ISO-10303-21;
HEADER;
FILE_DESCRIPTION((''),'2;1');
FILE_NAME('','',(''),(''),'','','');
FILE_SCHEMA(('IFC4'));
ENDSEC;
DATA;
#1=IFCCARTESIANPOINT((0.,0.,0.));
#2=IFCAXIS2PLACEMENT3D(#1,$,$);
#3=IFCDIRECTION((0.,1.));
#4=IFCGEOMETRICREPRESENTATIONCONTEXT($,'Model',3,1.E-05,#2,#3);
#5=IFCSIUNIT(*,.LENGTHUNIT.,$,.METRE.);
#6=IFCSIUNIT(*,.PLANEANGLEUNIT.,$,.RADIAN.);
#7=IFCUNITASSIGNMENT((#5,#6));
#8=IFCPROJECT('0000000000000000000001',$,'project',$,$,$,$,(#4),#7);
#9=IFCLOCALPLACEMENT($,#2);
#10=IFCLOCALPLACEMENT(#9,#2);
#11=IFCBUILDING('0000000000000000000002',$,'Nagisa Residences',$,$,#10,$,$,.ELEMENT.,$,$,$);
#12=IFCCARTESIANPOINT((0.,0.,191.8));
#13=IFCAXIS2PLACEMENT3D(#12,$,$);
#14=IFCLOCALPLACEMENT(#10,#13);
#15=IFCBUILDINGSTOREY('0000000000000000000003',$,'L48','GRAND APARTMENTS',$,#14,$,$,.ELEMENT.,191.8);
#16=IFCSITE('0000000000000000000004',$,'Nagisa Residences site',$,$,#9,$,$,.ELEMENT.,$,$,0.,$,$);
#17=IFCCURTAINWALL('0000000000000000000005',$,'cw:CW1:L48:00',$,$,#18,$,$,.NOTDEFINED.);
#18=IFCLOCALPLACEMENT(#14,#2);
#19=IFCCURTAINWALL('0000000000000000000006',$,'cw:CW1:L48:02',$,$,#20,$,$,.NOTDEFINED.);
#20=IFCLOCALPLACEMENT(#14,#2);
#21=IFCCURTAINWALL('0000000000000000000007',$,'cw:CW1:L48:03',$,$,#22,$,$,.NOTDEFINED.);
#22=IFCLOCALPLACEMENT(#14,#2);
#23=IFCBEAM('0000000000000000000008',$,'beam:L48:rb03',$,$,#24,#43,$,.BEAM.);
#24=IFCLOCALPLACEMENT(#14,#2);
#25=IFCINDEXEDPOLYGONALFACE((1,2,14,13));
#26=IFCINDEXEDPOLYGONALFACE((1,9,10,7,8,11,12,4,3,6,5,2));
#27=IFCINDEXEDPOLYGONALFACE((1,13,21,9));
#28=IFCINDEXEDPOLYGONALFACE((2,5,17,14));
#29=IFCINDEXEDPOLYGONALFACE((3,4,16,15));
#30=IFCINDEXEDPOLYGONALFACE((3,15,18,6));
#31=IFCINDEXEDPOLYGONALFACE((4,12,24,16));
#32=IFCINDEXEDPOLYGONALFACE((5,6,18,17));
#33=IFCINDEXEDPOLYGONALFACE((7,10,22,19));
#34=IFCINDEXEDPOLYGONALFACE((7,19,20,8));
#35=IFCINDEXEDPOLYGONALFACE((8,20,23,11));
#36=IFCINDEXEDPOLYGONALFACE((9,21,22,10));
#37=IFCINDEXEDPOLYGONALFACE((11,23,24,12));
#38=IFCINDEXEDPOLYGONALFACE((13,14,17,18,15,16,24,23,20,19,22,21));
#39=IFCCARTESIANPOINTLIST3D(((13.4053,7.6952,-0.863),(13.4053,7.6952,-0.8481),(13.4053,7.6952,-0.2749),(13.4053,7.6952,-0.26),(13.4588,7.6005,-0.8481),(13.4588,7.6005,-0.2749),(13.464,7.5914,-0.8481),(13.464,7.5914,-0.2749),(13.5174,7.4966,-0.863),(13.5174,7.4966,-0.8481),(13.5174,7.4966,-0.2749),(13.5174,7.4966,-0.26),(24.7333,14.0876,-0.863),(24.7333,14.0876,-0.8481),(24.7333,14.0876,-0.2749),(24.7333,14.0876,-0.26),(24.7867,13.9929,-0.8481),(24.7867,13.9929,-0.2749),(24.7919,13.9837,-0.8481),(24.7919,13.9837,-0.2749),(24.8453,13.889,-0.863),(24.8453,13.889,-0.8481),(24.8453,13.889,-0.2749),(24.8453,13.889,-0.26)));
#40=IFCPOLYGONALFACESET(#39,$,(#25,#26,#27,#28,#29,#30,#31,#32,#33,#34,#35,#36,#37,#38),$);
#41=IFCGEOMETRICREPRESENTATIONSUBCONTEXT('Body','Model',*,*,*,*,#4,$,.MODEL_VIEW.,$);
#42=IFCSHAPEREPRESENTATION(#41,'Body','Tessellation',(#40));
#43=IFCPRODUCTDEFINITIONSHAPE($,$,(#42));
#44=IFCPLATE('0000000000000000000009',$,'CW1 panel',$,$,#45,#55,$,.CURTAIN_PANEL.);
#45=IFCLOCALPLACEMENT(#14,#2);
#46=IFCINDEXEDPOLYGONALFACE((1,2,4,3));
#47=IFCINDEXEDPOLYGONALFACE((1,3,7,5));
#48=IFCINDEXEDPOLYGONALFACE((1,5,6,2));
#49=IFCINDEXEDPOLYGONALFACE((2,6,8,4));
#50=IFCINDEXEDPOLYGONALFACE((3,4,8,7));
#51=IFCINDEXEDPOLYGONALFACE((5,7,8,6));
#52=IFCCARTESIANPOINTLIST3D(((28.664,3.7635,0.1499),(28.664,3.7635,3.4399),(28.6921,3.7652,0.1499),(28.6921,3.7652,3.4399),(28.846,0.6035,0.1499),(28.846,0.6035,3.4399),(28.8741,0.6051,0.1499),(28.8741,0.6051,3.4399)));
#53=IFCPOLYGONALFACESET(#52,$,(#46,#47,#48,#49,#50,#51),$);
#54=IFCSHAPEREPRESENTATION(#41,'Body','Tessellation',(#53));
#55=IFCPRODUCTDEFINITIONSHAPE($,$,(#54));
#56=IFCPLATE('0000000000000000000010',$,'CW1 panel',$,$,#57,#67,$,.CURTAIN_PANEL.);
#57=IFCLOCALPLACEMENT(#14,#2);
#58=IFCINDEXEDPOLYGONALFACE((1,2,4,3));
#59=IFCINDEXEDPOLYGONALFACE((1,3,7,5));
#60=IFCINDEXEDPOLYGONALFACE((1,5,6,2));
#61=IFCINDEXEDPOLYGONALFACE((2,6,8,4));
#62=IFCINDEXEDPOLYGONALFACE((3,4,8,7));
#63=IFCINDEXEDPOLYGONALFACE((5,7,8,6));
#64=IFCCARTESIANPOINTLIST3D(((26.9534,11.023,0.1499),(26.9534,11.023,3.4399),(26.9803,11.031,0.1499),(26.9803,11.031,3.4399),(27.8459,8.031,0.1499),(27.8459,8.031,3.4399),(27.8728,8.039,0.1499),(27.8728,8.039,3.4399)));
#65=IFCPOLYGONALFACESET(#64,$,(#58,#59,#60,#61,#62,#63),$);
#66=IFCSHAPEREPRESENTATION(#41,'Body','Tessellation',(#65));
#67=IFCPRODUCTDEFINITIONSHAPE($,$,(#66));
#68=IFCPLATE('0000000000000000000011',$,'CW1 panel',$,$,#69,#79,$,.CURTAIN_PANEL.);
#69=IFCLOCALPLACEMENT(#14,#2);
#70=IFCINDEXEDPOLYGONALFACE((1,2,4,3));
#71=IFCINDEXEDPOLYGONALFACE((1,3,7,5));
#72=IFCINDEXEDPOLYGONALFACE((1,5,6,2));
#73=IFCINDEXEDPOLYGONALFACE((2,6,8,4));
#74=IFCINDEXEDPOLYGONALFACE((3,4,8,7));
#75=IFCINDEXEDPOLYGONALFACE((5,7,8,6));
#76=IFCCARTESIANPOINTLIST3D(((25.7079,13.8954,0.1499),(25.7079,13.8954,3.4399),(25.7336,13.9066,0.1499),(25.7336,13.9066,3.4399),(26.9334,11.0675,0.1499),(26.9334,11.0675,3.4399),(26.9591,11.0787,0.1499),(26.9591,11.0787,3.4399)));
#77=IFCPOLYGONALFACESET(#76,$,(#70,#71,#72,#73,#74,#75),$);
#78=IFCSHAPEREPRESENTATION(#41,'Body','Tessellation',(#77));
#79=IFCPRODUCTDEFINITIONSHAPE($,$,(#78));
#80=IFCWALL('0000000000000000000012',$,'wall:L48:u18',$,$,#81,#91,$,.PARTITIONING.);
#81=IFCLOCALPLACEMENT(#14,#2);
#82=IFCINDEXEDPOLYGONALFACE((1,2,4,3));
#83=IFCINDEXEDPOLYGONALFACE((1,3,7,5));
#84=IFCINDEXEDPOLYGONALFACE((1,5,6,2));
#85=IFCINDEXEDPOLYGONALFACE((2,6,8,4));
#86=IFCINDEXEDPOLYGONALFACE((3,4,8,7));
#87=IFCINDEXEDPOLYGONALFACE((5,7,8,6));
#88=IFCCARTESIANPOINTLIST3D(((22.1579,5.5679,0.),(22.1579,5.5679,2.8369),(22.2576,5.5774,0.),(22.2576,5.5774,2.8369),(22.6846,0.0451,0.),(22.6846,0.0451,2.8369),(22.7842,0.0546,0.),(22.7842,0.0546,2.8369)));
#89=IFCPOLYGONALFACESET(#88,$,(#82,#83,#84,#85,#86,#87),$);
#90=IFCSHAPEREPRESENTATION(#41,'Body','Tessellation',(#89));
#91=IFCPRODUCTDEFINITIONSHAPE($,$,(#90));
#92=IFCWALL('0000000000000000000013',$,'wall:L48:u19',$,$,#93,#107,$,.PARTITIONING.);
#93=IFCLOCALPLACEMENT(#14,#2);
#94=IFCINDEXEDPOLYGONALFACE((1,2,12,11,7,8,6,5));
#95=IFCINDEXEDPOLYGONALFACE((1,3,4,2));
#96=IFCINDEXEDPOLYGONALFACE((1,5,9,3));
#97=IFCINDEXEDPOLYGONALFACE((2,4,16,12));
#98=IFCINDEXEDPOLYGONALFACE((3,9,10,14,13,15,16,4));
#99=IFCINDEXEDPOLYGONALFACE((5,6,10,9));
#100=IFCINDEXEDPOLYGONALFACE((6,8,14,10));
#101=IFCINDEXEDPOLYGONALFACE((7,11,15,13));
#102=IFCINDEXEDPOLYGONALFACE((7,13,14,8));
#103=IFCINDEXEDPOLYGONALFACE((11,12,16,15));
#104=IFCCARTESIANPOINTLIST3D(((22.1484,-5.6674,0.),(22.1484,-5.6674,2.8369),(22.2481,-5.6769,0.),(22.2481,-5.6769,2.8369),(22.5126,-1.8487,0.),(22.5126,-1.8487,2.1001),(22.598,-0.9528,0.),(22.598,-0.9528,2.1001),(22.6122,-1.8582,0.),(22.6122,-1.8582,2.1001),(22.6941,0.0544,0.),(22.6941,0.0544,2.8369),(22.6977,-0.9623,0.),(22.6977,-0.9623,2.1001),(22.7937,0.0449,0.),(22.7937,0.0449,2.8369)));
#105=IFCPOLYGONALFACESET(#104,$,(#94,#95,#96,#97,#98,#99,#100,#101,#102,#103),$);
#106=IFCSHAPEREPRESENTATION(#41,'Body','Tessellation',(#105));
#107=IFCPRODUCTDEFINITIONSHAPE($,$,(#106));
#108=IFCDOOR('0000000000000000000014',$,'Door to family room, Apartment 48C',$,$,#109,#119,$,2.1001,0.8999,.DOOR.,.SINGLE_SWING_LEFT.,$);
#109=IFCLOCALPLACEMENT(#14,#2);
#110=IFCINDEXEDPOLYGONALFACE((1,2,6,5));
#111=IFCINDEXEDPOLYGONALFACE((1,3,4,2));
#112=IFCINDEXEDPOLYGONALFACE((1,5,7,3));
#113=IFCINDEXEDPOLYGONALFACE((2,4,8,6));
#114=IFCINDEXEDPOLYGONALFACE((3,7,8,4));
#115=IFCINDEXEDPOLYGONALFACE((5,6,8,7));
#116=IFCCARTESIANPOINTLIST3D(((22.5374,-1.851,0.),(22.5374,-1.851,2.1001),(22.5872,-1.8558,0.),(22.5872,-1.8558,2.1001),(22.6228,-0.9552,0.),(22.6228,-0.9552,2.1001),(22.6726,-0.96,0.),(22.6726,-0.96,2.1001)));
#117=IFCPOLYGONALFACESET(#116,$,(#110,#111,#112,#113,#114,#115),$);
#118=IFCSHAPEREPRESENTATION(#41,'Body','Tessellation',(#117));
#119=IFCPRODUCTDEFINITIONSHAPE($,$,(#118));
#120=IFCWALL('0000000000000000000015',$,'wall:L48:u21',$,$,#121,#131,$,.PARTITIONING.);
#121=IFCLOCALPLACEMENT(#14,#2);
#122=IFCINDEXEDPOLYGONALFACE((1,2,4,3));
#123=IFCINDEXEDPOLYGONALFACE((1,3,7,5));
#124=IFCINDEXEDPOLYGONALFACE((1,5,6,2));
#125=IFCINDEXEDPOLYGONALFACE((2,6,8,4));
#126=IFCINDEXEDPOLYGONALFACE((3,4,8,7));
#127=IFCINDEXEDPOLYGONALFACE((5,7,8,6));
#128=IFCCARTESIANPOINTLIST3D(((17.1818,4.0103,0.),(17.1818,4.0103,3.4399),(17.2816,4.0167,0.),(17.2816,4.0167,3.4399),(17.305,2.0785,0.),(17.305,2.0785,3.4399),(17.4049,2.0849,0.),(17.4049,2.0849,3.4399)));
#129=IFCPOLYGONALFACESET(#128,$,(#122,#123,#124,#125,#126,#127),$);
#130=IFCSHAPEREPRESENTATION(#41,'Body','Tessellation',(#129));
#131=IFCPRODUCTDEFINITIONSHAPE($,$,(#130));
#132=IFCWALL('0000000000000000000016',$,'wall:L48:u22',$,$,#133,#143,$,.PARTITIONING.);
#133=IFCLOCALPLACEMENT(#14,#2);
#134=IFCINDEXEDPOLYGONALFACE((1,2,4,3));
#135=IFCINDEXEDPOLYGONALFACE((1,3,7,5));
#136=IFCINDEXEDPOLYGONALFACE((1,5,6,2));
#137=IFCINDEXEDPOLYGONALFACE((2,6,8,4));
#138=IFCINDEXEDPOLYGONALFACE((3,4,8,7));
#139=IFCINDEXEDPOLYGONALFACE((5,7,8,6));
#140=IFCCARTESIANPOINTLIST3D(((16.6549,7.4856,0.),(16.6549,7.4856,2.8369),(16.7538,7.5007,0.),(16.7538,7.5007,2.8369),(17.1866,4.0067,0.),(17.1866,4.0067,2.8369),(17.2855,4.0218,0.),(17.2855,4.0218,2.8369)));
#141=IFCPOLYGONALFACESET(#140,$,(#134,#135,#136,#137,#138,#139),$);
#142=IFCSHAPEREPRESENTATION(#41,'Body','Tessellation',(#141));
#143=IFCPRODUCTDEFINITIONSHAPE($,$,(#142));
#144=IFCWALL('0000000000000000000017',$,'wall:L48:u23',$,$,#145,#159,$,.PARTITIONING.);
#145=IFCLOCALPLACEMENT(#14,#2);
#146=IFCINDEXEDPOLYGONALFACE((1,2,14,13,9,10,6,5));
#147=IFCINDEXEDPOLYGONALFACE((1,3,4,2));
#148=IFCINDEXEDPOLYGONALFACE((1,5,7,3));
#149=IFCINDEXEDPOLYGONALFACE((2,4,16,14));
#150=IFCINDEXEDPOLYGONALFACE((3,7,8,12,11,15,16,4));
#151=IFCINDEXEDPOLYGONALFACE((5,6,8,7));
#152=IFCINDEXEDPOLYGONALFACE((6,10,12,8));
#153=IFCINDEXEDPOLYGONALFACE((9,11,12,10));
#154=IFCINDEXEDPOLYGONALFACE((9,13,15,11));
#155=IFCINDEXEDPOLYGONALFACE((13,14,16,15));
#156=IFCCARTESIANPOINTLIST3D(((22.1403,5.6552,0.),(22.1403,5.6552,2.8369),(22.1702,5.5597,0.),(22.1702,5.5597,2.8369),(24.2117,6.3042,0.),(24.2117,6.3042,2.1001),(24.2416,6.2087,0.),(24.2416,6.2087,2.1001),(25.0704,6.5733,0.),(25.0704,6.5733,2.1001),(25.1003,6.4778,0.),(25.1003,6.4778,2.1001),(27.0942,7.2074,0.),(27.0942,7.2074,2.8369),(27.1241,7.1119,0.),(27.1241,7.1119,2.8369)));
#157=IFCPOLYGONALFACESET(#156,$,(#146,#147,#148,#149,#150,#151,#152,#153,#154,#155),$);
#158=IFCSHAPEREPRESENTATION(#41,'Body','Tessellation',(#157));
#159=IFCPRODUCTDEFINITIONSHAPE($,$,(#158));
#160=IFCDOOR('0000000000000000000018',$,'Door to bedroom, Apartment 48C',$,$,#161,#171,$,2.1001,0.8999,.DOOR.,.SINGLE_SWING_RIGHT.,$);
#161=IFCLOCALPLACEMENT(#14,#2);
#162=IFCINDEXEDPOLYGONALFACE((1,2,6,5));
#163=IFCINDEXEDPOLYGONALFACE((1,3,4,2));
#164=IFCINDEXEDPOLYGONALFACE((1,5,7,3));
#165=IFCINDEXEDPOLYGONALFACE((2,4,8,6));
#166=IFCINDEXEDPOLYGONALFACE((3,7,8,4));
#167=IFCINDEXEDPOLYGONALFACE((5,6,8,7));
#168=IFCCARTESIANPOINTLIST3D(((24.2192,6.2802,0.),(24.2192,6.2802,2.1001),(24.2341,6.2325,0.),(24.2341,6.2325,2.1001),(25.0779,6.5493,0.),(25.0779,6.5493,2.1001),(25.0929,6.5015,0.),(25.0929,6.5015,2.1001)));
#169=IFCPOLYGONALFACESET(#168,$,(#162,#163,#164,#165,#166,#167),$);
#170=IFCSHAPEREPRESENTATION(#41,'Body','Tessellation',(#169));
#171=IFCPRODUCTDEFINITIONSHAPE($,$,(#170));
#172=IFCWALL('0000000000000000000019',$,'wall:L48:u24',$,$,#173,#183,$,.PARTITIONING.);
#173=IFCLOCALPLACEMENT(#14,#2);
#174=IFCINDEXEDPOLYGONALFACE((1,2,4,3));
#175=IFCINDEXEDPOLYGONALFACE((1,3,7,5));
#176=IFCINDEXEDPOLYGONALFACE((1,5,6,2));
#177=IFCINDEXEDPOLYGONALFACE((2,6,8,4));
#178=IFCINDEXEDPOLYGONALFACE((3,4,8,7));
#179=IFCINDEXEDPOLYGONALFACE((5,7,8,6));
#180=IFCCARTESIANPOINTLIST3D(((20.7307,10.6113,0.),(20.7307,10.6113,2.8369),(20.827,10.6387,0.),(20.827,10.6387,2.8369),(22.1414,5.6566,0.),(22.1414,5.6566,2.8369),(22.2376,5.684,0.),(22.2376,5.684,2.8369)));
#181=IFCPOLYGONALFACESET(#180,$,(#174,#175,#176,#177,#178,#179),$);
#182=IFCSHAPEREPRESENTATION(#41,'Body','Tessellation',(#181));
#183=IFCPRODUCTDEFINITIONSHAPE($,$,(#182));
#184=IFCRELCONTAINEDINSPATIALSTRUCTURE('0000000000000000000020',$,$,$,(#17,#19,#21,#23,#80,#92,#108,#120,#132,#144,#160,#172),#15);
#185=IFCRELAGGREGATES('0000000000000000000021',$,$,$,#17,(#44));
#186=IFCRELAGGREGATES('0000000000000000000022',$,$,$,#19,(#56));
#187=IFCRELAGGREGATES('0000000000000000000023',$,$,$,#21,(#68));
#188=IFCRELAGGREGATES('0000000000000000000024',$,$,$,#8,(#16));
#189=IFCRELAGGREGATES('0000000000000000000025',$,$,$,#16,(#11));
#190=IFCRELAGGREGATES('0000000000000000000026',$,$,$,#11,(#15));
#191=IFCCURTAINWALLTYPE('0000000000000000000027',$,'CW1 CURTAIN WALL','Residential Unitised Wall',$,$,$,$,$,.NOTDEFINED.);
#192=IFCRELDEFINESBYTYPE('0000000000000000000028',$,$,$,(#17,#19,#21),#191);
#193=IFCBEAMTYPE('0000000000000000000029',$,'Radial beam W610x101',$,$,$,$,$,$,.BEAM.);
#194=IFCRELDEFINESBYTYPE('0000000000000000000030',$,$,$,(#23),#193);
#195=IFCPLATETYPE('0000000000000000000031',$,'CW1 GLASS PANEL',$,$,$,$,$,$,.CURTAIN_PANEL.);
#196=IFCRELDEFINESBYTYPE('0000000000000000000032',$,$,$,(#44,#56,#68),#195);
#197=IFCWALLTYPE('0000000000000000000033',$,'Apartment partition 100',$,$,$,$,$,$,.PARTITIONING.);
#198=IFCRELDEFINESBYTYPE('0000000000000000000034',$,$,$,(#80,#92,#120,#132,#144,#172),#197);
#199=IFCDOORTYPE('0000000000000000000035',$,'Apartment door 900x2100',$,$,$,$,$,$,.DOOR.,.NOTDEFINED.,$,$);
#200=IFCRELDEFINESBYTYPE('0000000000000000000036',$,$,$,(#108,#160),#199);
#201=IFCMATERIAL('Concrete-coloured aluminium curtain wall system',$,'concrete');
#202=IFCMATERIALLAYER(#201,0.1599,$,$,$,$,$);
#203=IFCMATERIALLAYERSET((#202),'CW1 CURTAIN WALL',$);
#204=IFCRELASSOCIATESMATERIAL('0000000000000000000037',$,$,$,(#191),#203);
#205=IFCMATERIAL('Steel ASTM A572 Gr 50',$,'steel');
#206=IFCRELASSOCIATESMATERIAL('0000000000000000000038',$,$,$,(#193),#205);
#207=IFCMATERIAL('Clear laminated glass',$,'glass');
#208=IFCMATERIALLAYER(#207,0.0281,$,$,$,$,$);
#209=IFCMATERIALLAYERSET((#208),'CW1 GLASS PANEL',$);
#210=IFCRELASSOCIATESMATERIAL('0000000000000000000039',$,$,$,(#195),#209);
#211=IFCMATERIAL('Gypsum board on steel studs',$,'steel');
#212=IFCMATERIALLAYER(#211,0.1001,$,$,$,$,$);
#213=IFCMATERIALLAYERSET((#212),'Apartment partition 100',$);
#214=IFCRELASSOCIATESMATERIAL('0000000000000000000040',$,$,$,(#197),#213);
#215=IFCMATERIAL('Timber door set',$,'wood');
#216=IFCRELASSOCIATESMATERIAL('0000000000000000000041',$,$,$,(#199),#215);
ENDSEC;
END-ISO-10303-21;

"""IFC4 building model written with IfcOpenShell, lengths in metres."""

from ifc_helpers import new_model, si_unit, direction, frame, frame_2d, origin, origin_2d, place, context, subcontext, project, spatial, rectangle, i_section, extrude, material, layer, layer_set, material_profile, profile_set, type_object, element, fill, aggregate, save


model = new_model("IFC4")

# Units and contexts
model_context = context("Model", 3, precision=1e-05, world=origin(), true_north=direction((0.0, 1.0)))
body_context = subcontext(model_context, "Body", "Model", "MODEL_VIEW")
ifc_project = project(units=[si_unit("LENGTHUNIT", "METRE"), si_unit("PLANEANGLEUNIT", "RADIAN")], contexts=[model_context])

# Site, building, storey
site_placement = place(None, origin())
site = spatial("IfcSite", under=ifc_project, at=site_placement, Name="Nagisa Residences site", CompositionType="ELEMENT", RefElevation=0.0)
building_placement = place(site_placement, origin())
building = spatial("IfcBuilding", under=site, at=building_placement, Name="Nagisa Residences", CompositionType="ELEMENT")
storey_placement = place(building_placement, frame((0.0, 0.0, 191.8)))
storey = spatial("IfcBuildingStorey", under=building, at=storey_placement, Name="L48", Description="GRAND APARTMENTS", CompositionType="ELEMENT", Elevation=191.8)

# Curtain walls
ifc_material_1 = material(Name="Concrete-coloured aluminium curtain wall system", Category="concrete")
ifc_layer_1 = layer(ifc_material_1, 0.1599)
ifc_layer_set_1 = layer_set([ifc_layer_1], Name="CW1 CURTAIN WALL")
curtain_wall_type = type_object("IfcCurtainWallType", Name="CW1 CURTAIN WALL", Description="Residential Unitised Wall", PredefinedType="NOTDEFINED", material=ifc_layer_set_1)
curtain_wall_1_placement = place(storey_placement, origin())
curtain_wall_1 = element("IfcCurtainWall", 1, at=curtain_wall_1_placement, inside=storey, type_object=curtain_wall_type, Name="cw:CW1:L48:00", PredefinedType="NOTDEFINED")
curtain_wall_2_placement = place(storey_placement, origin())
curtain_wall_2 = element("IfcCurtainWall", 2, at=curtain_wall_2_placement, inside=storey, type_object=curtain_wall_type, Name="cw:CW1:L48:02", PredefinedType="NOTDEFINED")
curtain_wall_3_placement = place(storey_placement, origin())
curtain_wall_3 = element("IfcCurtainWall", 3, at=curtain_wall_3_placement, inside=storey, type_object=curtain_wall_type, Name="cw:CW1:L48:03", PredefinedType="NOTDEFINED")

# Beam
ifc_material_2 = material(Name="Steel ASTM A572 Gr 50", Category="steel")
ifc_material_profile_1 = material_profile(ifc_material_2, i_section(OverallWidth=0.228, OverallDepth=0.603, WebThickness=0.0105, FlangeThickness=0.0149, at=origin_2d()), Name="W610x101")
ifc_profile_set_1 = profile_set([ifc_material_profile_1], Name="Steel ASTM A572 Gr 50")
beam_type_1 = type_object("IfcBeamType", Name="Radial beam W610x101", PredefinedType="BEAM", material=ifc_profile_set_1)
beam_1_placement = place(storey_placement, frame((24.7893, 13.9883, -0.5615), z_axis=(-0.870905, -0.491452, 0.0), x_axis=(0.491452, -0.870905, 0.0)))
element("IfcBeam", 4, at=beam_1_placement, inside=storey, type_object=beam_type_1, Name="beam:L48:rb03", PredefinedType="BEAM", context=body_context, shape_type="SweptSolid", body=[
    extrude(i_section(OverallWidth=0.228, OverallDepth=0.603, WebThickness=0.0105, FlangeThickness=0.0149, at=origin_2d()), origin(), (0.0, 0.0, 1.0), 13.0071),
])

# Plates
ifc_material_3 = material(Name="Clear laminated glass", Category="glass")
ifc_layer_2 = layer(ifc_material_3, 0.0281)
ifc_layer_set_2 = layer_set([ifc_layer_2], Name="CW1 GLASS PANEL")
plate_type = type_object("IfcPlateType", Name="CW1 GLASS PANEL", PredefinedType="CURTAIN_PANEL", material=ifc_layer_set_2)
plate_1_placement = place(storey_placement, frame((28.769, 2.1843, 0.1499), z_axis=(0.0, 0.0, 1.0), x_axis=(-0.057503, 0.998345, 0.0)))
plate_1 = element("IfcPlate", 5, at=plate_1_placement, type_object=plate_type, Name="CW1 panel", PredefinedType="CURTAIN_PANEL", context=body_context, shape_type="SweptSolid", body=[
    extrude(rectangle(XDim=3.1653, YDim=0.0281, at=origin_2d()), origin(), (0.0, 0.0, 1.0), 3.29),
])
aggregate(curtain_wall_1, [plate_1])
plate_2_placement = place(storey_placement, frame((27.4131, 9.531, 0.1499), z_axis=(0.0, 0.0, 1.0), x_axis=(-0.28586, 0.958271, 0.0)))
plate_2 = element("IfcPlate", 6, at=plate_2_placement, type_object=plate_type, Name="CW1 panel", PredefinedType="CURTAIN_PANEL", context=body_context, shape_type="SweptSolid", body=[
    extrude(rectangle(XDim=3.1223, YDim=0.0281, at=origin_2d()), origin(), (0.0, 0.0, 1.0), 3.29),
])
aggregate(curtain_wall_2, [plate_2])
plate_3_placement = place(storey_placement, frame((26.3335, 12.4871, 0.1499), z_axis=(0.0, 0.0, 1.0), x_axis=(-0.397636, 0.917543, 0.0)))
plate_3 = element("IfcPlate", 7, at=plate_3_placement, type_object=plate_type, Name="CW1 panel", PredefinedType="CURTAIN_PANEL", context=body_context, shape_type="SweptSolid", body=[
    extrude(rectangle(XDim=3.082, YDim=0.0281, at=origin_2d()), origin(), (0.0, 0.0, 1.0), 3.29),
])
aggregate(curtain_wall_3, [plate_3])

# Wall
ifc_material_4 = material(Name="Gypsum board on steel studs", Category="steel")
ifc_layer_3 = layer(ifc_material_4, 0.1001)
ifc_layer_set_3 = layer_set([ifc_layer_3], Name="Apartment partition 100")
wall_type_1 = type_object("IfcWallType", Name="Apartment partition 100", PredefinedType="PARTITIONING", material=ifc_layer_set_3)
wall_1_placement = place(storey_placement, frame((22.7344, 0.0498, 0.0), z_axis=(0.0, 0.0, 1.0), x_axis=(-0.094923, 0.995485, 0.0)))
element("IfcWall", 8, at=wall_1_placement, inside=storey, type_object=wall_type_1, Name="wall:L48:u18", PredefinedType="PARTITIONING", context=body_context, shape_type="SweptSolid", body=[
    extrude(rectangle(XDim=5.5479, YDim=0.1001, at=frame_2d((2.7739, 0.0))), origin(), (0.0, 0.0, 1.0), 2.8369),
])

# Wall, opening, door
wall_2_placement = place(storey_placement, frame((22.7439, 0.0498, 0.0), z_axis=(0.0, 0.0, 1.0), x_axis=(-0.094931, -0.995484, 0.0)))
wall_2 = element("IfcWall", 9, at=wall_2_placement, inside=storey, type_object=wall_type_1, Name="wall:L48:u19", PredefinedType="PARTITIONING", context=body_context, shape_type="SweptSolid", body=[
    extrude(rectangle(XDim=5.7478, YDim=0.1001, at=frame_2d((2.874, 0.0))), origin(), (0.0, 0.0, 1.0), 2.8369),
])
opening_1_placement = place(wall_2_placement, frame((1.012, 0.0, 0.0)))
opening_1 = element("IfcOpeningElement", 10, at=opening_1_placement, cuts=wall_2, PredefinedType="OPENING", context=body_context, shape_type="SweptSolid", body=[
    extrude(rectangle(XDim=0.8999, YDim=2.1001, at=frame_2d((0.45, 1.05))), frame((0.0, 0.0601, 0.0), z_axis=(0.0, -1.0, 0.0), x_axis=(1.0, 0.0, 0.0)), (0.0, 0.0, 1.0), 0.1201),
])
ifc_material_5 = material(Name="Timber door set", Category="wood")
door_type_1 = type_object("IfcDoorType", Name="Apartment door 900x2100", OperationType="NOTDEFINED", PredefinedType="DOOR", material=ifc_material_5)
door_1_placement = place(opening_1_placement, origin())
door_1 = element("IfcDoor", 11, at=door_1_placement, inside=storey, type_object=door_type_1, Name="Door to family room, Apartment 48C", OperationType="SINGLE_SWING_LEFT", OverallHeight=2.1001, OverallWidth=0.8999, PredefinedType="DOOR", context=body_context, shape_type="SweptSolid", body=[
    extrude(rectangle(XDim=0.8999, YDim=2.1001, at=frame_2d((0.45, 1.05))), frame((0.0, 0.0249, 0.0), z_axis=(0.0, -1.0, 0.0), x_axis=(1.0, 0.0, 0.0)), (0.0, 0.0, 1.0), 0.05),
])
fill(opening_1, door_1)

# Walls
wall_3_placement = place(storey_placement, frame((17.355, 2.0818, 0.0), z_axis=(0.0, 0.0, 1.0), x_axis=(-0.063689, 0.99797, 0.0)))
element("IfcWall", 12, at=wall_3_placement, inside=storey, type_object=wall_type_1, Name="wall:L48:u21", PredefinedType="PARTITIONING", context=body_context, shape_type="SweptSolid", body=[
    extrude(rectangle(XDim=1.9358, YDim=0.1001, at=frame_2d((0.9678, 0.0))), origin(), (0.0, 0.0, 1.0), 3.4399),
])
wall_4_placement = place(storey_placement, frame((17.2361, 4.0142, 0.0), z_axis=(0.0, 0.0, 1.0), x_axis=(-0.151088, 0.98852, 0.0)))
element("IfcWall", 13, at=wall_4_placement, inside=storey, type_object=wall_type_1, Name="wall:L48:u22", PredefinedType="PARTITIONING", context=body_context, shape_type="SweptSolid", body=[
    extrude(rectangle(XDim=3.5193, YDim=0.1001, at=frame_2d((1.7598, 0.0))), origin(), (0.0, 0.0, 1.0), 2.8369),
])

# Wall, opening, door
wall_5_placement = place(storey_placement, frame((22.1553, 5.6074, 0.0), z_axis=(0.0, 0.0, 1.0), x_axis=(0.954251, 0.299006, 0.0)))
wall_5 = element("IfcWall", 14, at=wall_5_placement, inside=storey, type_object=wall_type_1, Name="wall:L48:u23", PredefinedType="PARTITIONING", context=body_context, shape_type="SweptSolid", body=[
    extrude(rectangle(XDim=5.1914, YDim=0.1001, at=frame_2d((2.5957, 0.0))), origin(), (0.0, 0.0, 1.0), 2.8369),
])
opening_2_placement = place(wall_5_placement, frame((2.1707, 0.0, 0.0)))
opening_2 = element("IfcOpeningElement", 15, at=opening_2_placement, cuts=wall_5, PredefinedType="OPENING", context=body_context, shape_type="SweptSolid", body=[
    extrude(rectangle(XDim=0.8999, YDim=2.1001, at=frame_2d((0.45, 1.05))), frame((0.0, 0.0601, 0.0), z_axis=(0.0, -1.0, 0.0), x_axis=(1.0, 0.0, 0.0)), (0.0, 0.0, 1.0), 0.1201),
])
door_2_placement = place(opening_2_placement, origin())
door_2 = element("IfcDoor", 16, at=door_2_placement, inside=storey, type_object=door_type_1, Name="Door to bedroom, Apartment 48C", OperationType="SINGLE_SWING_RIGHT", OverallHeight=2.1001, OverallWidth=0.8999, PredefinedType="DOOR", context=body_context, shape_type="SweptSolid", body=[
    extrude(rectangle(XDim=0.8999, YDim=2.1001, at=frame_2d((0.45, 1.05))), frame((0.0, 0.0249, 0.0), z_axis=(0.0, -1.0, 0.0), x_axis=(1.0, 0.0, 0.0)), (0.0, 0.0, 1.0), 0.05),
])
fill(opening_2, door_2)

# Wall
wall_6_placement = place(storey_placement, frame((22.1895, 5.6704, 0.0), z_axis=(0.0, 0.0, 1.0), x_axis=(-0.27382, 0.961781, 0.0)))
element("IfcWall", 17, at=wall_6_placement, inside=storey, type_object=wall_type_1, Name="wall:L48:u24", PredefinedType="PARTITIONING", context=body_context, shape_type="SweptSolid", body=[
    extrude(rectangle(XDim=5.1516, YDim=0.1001, at=frame_2d((2.5757, 0.0))), origin(), (0.0, 0.0, 1.0), 2.8369),
])

save(model, "model.ifc")
